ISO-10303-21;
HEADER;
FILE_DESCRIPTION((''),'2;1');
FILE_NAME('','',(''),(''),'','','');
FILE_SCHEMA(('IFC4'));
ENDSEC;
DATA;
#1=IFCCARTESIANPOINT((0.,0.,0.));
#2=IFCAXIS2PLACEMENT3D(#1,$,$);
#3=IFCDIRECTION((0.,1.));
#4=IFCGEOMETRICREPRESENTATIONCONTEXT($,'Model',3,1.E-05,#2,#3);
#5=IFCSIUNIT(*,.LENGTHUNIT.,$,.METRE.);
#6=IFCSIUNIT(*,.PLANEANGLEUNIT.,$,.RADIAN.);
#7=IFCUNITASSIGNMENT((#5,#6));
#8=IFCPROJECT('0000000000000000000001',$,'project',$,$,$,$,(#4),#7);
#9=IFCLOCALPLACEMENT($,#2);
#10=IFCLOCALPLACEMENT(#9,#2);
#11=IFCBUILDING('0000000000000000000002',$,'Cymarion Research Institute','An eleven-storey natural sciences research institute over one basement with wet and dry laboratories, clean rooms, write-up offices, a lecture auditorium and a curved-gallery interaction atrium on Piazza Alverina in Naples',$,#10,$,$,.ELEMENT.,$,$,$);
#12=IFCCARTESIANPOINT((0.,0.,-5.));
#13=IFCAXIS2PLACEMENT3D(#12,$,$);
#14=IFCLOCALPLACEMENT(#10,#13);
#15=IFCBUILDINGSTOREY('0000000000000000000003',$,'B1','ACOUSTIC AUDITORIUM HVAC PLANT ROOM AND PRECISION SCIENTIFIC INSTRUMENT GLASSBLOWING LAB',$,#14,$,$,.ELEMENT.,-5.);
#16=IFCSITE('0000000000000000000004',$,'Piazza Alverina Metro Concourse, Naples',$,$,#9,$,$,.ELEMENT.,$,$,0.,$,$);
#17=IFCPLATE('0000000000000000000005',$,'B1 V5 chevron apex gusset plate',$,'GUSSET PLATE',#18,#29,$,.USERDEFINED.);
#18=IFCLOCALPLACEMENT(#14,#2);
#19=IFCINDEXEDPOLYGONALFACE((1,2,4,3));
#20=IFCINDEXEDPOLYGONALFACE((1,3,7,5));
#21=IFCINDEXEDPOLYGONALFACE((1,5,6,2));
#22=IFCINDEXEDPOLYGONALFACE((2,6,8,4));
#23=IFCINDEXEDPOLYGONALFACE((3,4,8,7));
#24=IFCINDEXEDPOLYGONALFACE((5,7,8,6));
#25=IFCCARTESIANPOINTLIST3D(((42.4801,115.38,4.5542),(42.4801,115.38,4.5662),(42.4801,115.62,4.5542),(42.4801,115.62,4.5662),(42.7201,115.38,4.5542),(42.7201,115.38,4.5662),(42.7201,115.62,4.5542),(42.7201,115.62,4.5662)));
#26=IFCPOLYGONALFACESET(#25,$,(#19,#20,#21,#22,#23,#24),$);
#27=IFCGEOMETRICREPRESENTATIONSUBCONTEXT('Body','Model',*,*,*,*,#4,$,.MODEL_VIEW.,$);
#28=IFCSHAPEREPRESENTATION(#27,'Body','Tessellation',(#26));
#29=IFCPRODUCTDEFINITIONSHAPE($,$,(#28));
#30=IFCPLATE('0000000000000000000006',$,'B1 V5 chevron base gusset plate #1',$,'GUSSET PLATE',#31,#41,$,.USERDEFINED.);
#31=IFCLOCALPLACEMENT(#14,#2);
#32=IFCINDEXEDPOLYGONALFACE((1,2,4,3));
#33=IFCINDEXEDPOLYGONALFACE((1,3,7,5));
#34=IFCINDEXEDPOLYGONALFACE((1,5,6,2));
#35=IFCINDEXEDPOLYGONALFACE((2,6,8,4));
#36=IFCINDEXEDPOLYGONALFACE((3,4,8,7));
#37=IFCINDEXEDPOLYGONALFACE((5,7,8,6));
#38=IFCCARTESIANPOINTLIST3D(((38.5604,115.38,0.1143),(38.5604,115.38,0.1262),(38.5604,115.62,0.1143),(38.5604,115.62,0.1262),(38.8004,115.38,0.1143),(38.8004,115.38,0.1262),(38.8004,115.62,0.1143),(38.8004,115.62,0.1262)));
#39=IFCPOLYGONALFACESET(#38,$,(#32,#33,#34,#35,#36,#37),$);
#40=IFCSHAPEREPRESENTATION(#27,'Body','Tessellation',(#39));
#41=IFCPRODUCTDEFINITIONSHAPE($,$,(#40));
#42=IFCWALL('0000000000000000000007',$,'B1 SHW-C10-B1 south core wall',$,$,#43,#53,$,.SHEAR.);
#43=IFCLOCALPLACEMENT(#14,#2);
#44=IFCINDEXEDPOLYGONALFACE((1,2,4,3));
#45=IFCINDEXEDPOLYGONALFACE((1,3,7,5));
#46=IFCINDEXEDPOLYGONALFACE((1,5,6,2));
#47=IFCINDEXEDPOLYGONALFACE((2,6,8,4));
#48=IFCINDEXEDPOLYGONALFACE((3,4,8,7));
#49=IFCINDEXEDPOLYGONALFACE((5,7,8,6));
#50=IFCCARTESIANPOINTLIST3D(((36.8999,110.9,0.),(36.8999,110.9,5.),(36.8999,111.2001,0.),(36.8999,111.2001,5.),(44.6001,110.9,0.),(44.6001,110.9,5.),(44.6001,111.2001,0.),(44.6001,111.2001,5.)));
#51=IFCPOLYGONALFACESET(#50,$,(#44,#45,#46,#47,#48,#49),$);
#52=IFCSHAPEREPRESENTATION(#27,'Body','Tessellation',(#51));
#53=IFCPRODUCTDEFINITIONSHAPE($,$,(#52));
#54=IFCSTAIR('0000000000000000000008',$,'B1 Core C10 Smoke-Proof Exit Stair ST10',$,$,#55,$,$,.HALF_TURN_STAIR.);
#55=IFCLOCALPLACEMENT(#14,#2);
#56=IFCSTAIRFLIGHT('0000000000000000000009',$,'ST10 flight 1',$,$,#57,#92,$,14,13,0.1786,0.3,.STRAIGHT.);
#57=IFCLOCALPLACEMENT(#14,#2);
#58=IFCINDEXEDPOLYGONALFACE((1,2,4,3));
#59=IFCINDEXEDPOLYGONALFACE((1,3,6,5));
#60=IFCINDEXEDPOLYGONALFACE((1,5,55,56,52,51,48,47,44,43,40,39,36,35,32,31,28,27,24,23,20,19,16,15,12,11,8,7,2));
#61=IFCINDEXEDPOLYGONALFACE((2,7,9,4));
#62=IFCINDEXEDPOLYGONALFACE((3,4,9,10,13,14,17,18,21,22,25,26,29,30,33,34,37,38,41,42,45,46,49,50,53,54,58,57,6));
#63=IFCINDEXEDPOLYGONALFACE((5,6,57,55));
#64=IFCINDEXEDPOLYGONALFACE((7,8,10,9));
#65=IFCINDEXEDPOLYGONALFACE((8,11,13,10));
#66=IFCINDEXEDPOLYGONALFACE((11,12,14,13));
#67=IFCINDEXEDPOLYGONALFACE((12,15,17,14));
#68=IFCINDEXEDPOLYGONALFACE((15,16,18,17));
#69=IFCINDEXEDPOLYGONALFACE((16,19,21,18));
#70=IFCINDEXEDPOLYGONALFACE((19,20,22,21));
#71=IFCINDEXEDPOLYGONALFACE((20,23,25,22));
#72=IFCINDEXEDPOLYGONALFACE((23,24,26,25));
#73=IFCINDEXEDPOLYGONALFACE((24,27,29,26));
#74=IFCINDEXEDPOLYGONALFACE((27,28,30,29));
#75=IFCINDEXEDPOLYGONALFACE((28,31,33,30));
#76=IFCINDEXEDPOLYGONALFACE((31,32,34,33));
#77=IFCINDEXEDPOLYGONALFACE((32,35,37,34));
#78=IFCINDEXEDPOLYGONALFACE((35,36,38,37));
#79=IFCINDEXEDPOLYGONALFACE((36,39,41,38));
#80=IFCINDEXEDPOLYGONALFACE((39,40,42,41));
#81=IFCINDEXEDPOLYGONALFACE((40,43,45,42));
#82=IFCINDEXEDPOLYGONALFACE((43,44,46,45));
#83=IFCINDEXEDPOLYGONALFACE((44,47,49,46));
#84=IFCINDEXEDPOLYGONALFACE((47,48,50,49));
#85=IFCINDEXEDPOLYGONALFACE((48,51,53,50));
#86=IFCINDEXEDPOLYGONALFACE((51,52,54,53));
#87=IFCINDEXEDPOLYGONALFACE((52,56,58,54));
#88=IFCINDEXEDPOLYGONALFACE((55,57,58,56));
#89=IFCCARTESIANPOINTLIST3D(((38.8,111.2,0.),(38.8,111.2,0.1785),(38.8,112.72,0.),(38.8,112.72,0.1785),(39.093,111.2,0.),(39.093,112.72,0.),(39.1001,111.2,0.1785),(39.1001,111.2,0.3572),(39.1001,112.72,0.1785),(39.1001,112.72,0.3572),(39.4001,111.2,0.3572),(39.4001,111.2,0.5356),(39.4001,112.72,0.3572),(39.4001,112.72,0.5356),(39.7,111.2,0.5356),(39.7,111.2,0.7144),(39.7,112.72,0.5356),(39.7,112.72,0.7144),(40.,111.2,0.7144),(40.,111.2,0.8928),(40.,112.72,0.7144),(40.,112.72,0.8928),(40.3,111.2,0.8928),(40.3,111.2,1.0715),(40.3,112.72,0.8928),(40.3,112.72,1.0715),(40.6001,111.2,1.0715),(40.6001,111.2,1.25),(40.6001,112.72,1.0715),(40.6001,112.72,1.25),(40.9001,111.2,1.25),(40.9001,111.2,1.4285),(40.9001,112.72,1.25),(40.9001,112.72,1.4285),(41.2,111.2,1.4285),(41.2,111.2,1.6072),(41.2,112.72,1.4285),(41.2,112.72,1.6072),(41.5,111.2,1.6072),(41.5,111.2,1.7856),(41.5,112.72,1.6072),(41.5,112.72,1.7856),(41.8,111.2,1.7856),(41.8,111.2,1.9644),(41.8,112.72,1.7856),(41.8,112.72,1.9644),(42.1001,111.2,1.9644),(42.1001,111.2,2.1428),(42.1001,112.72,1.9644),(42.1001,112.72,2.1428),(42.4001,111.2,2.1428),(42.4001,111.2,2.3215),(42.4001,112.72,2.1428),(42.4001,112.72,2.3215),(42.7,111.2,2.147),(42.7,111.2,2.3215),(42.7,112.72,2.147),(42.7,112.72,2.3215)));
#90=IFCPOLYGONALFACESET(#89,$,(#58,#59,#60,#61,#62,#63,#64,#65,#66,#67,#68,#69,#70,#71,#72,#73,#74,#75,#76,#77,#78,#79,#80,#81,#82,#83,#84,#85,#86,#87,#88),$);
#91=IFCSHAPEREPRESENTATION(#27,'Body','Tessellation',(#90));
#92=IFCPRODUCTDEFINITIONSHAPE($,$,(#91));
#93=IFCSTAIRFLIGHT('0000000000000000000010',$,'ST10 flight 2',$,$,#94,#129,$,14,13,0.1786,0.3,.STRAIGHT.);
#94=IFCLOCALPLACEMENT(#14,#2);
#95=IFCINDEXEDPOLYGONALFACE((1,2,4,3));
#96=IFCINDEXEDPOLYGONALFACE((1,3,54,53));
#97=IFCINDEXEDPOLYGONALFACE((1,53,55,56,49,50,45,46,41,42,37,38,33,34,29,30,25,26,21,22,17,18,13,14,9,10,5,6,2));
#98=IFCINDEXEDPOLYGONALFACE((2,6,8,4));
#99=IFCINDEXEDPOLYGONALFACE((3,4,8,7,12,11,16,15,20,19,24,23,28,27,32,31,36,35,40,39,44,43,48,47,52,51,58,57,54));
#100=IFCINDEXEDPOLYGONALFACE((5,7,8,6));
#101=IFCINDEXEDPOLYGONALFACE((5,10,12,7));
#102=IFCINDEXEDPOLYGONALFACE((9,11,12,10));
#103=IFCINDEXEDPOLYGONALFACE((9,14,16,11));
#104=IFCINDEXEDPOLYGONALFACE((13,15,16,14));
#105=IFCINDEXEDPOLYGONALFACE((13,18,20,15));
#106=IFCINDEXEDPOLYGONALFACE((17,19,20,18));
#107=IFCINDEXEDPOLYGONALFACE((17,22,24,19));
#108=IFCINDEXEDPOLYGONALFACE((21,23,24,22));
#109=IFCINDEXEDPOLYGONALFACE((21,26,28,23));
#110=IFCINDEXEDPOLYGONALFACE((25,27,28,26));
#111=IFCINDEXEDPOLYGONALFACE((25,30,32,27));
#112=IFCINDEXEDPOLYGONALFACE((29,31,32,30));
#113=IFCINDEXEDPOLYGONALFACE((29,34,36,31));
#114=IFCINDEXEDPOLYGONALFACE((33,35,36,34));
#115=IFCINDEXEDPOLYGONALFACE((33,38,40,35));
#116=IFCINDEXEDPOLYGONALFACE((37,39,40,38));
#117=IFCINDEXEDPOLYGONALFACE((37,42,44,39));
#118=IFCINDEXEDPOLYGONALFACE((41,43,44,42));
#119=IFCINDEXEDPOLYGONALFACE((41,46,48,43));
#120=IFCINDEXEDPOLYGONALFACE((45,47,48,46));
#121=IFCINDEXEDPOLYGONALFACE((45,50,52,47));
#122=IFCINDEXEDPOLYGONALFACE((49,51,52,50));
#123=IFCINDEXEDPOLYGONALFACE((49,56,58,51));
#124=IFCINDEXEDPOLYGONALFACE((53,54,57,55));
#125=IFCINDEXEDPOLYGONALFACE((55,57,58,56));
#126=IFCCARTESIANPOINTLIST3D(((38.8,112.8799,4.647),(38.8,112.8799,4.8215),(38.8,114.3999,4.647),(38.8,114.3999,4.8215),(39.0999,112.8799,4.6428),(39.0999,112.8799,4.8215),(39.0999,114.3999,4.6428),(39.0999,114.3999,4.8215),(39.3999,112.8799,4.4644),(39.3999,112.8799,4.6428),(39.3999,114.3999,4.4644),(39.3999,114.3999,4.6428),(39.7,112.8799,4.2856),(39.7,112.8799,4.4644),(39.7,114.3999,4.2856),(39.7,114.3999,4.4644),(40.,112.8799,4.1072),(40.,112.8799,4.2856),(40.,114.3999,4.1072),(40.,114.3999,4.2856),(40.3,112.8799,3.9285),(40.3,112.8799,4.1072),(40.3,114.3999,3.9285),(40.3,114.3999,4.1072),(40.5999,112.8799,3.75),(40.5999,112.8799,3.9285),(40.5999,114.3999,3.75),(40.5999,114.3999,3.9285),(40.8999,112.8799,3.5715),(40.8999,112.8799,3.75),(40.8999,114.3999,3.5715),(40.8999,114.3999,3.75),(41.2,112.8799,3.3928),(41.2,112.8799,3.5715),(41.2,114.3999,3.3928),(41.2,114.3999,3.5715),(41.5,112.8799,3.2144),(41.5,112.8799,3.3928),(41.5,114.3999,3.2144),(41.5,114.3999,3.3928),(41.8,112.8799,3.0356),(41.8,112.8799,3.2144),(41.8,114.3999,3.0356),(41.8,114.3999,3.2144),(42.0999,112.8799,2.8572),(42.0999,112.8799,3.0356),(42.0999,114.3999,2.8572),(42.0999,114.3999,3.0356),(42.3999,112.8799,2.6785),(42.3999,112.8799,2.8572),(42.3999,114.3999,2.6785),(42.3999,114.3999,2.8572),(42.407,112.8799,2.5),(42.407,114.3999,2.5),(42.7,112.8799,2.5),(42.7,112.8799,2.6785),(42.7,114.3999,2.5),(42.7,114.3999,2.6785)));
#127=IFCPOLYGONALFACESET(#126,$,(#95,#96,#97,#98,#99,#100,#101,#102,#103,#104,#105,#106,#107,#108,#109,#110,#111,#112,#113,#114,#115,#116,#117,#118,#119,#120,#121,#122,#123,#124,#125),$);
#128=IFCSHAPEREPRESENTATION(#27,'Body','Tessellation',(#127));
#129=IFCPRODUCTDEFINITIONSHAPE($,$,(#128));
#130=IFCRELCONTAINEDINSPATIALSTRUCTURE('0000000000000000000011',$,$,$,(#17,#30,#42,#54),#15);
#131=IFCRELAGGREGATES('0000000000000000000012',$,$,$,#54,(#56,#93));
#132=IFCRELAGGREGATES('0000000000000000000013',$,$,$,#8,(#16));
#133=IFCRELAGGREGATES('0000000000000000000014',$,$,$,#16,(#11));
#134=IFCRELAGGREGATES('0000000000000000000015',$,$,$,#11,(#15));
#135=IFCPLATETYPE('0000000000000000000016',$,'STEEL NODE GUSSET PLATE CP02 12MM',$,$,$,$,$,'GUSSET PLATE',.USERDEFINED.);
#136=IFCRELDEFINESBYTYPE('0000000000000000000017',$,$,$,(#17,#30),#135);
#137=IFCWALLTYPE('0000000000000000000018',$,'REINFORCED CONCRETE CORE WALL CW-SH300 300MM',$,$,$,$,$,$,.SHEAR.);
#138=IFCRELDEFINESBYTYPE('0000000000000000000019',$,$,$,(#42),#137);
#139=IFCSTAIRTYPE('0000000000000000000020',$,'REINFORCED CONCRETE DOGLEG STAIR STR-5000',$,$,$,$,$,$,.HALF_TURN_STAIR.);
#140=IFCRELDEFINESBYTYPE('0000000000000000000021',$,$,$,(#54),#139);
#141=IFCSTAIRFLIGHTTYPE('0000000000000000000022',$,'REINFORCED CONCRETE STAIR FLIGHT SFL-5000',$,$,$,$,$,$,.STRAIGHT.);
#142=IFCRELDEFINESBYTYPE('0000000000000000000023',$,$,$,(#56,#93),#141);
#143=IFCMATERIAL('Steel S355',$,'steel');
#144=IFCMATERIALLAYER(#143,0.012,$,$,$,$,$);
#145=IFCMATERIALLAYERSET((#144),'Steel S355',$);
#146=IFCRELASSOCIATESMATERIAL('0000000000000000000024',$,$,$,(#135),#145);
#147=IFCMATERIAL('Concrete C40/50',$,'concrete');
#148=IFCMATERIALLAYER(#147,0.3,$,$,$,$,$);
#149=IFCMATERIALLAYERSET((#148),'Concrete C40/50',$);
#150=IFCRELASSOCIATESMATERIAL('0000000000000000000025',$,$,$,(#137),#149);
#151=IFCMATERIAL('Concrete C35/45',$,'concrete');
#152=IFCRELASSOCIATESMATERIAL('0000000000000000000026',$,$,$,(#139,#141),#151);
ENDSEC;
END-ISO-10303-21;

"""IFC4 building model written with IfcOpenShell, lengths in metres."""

from ifc_helpers import new_model, si_unit, direction, frame, frame_2d, origin, origin_2d, place, context, subcontext, project, spatial, polyline, rectangle, outline, extrude, material, layer, layer_set, type_object, element, aggregate, save


model = new_model("IFC4")

# Units and contexts
model_context = context("Model", 3, precision=1e-05, world=origin(), true_north=direction((0.0, 1.0)))
body_context = subcontext(model_context, "Body", "Model", "MODEL_VIEW")
ifc_project = project(units=[si_unit("LENGTHUNIT", "METRE"), si_unit("PLANEANGLEUNIT", "RADIAN")], contexts=[model_context])

# Site, building, storey
site_placement = place(None, origin())
site = spatial("IfcSite", under=ifc_project, at=site_placement, Name="Piazza Alverina Metro Concourse, Naples", CompositionType="ELEMENT", RefElevation=0.0)
building_placement = place(site_placement, origin())
building = spatial("IfcBuilding", under=site, at=building_placement, Name="Cymarion Research Institute", Description="An eleven-storey natural sciences research institute over one basement with wet and dry laboratories, clean rooms, write-up offices, a lecture auditorium and a curved-gallery interaction atrium on Piazza Alverina in Naples", CompositionType="ELEMENT")
storey_placement = place(building_placement, frame((0.0, 0.0, -5.0)))
storey = spatial("IfcBuildingStorey", under=building, at=storey_placement, Name="B1", Description="ACOUSTIC AUDITORIUM HVAC PLANT ROOM AND PRECISION SCIENTIFIC INSTRUMENT GLASSBLOWING LAB", CompositionType="ELEMENT", Elevation=-5.0)

# Shared definitions
ifc_material_1 = material(Name="Concrete C35/45", Category="concrete")

# Shared definitions
ifc_material_2 = material(Name="Steel S355", Category="steel")

# Plates
ifc_layer_1 = layer(ifc_material_2, 0.012)
ifc_layer_set_1 = layer_set([ifc_layer_1], Name="Steel S355")
plate_type = type_object("IfcPlateType", Name="STEEL NODE GUSSET PLATE CP02 12MM", ElementType="GUSSET PLATE", PredefinedType="USERDEFINED", material=ifc_layer_set_1)
for number, where, z_axis, x_axis, name in (
    (1, (42.6001, 115.5, 4.5542), (0.0, 0.0, 1.0), (1.0, 0.0, 0.0), "B1 V5 chevron apex gusset plate"),
    (2, (38.6804, 115.5, 0.1143), (0.0, 0.0, 1.0), (1.0, 0.0, 0.0), "B1 V5 chevron base gusset plate #1"),
):
    element("IfcPlate", number, at=place(storey_placement, frame(where, z_axis=z_axis, x_axis=x_axis)), inside=storey, type_object=plate_type, Name=name, ObjectType="GUSSET PLATE", PredefinedType="USERDEFINED", context=body_context, shape_type="SweptSolid", body=[
        extrude(rectangle(XDim=0.24, YDim=0.24, at=origin_2d()), origin(), (0.0, 0.0, 1.0), 0.012),
    ])

# Wall
ifc_material_3 = material(Name="Concrete C40/50", Category="concrete")
ifc_layer_2 = layer(ifc_material_3, 0.3)
ifc_layer_set_2 = layer_set([ifc_layer_2], Name="Concrete C40/50")
wall_type = type_object("IfcWallType", Name="REINFORCED CONCRETE CORE WALL CW-SH300 300MM", PredefinedType="SHEAR", material=ifc_layer_set_2)
wall_1_placement = place(storey_placement, frame((36.8999, 111.05, 0.0), z_axis=(0.0, 0.0, 1.0), x_axis=(1.0, 0.0, 0.0)))
element("IfcWall", 3, at=wall_1_placement, inside=storey, type_object=wall_type, Name="B1 SHW-C10-B1 south core wall", PredefinedType="SHEAR", context=body_context, shape_type="SweptSolid", body=[
    extrude(rectangle(XDim=7.7002, YDim=0.3, at=frame_2d((3.8501, 0.0))), origin(), (0.0, 0.0, 1.0), 5.0),
])

# Stair, stair flights
stair_type = type_object("IfcStairType", Name="REINFORCED CONCRETE DOGLEG STAIR STR-5000", PredefinedType="HALF_TURN_STAIR", material=ifc_material_1)
stair_placement = place(storey_placement, origin())
stair = element("IfcStair", 4, at=stair_placement, inside=storey, type_object=stair_type, Name="B1 Core C10 Smoke-Proof Exit Stair ST10", PredefinedType="HALF_TURN_STAIR")
stair_flight_type = type_object("IfcStairFlightType", Name="REINFORCED CONCRETE STAIR FLIGHT SFL-5000", PredefinedType="STRAIGHT", material=ifc_material_1)
stair_flight_1_placement = place(storey_placement, frame((38.8, 111.96, 0.0), z_axis=(0.0, 0.0, 1.0), x_axis=(1.0, 0.0, 0.0)))
stair_flight_1 = element("IfcStairFlight", 5, at=stair_flight_1_placement, type_object=stair_flight_type, Name="ST10 flight 1", NumberOfRisers=14, NumberOfTreads=13, PredefinedType="STRAIGHT", RiserHeight=0.1786, TreadLength=0.3, context=body_context, shape_type="SweptSolid", body=[
    extrude(outline(polyline([(0.0, 0.0), (0.0, 0.1785), (0.3, 0.1785), (0.3, 0.3572), (0.6001, 0.3572), (0.6001, 0.5356), (0.8999, 0.5356), (0.8999, 0.7144), (1.2, 0.7144), (1.2, 0.8928), (1.5, 0.8928), (1.5, 1.0715), (1.8, 1.0715), (1.8, 1.25), (2.1001, 1.25), (2.1001, 1.4285), (2.3999, 1.4285), (2.3999, 1.6072), (2.7, 1.6072), (2.7, 1.7856), (3.0, 1.7856), (3.0, 1.9644), (3.3, 1.9644), (3.3, 2.1428), (3.6001, 2.1428), (3.6001, 2.3215), (3.8999, 2.3215), (3.8999, 2.5), (3.8999, 2.147), (0.293, 0.0), (0.0, 0.0)])), frame((0.0, 0.76, 0.0), z_axis=(0.0, -1.0, 0.0), x_axis=(1.0, 0.0, 0.0)), (0.0, 0.0, 1.0), 1.52),
])
stair_flight_2_placement = place(storey_placement, frame((42.7, 113.6399, 2.5), z_axis=(0.0, 0.0, 1.0), x_axis=(-1.0, 0.0, 0.0)))
stair_flight_2 = element("IfcStairFlight", 6, at=stair_flight_2_placement, type_object=stair_flight_type, Name="ST10 flight 2", NumberOfRisers=14, NumberOfTreads=13, PredefinedType="STRAIGHT", RiserHeight=0.1786, TreadLength=0.3, context=body_context, shape_type="SweptSolid", body=[
    extrude(outline(polyline([(0.0, 0.0), (0.0, 0.1785), (0.3, 0.1785), (0.3, 0.3572), (0.6001, 0.3572), (0.6001, 0.5356), (0.8999, 0.5356), (0.8999, 0.7144), (1.2, 0.7144), (1.2, 0.8928), (1.5, 0.8928), (1.5, 1.0715), (1.8, 1.0715), (1.8, 1.25), (2.1001, 1.25), (2.1001, 1.4285), (2.3999, 1.4285), (2.3999, 1.6072), (2.7, 1.6072), (2.7, 1.7856), (3.0, 1.7856), (3.0, 1.9644), (3.3, 1.9644), (3.3, 2.1428), (3.6001, 2.1428), (3.6001, 2.3215), (3.8999, 2.3215), (3.8999, 2.5), (3.8999, 2.147), (0.293, 0.0), (0.0, 0.0)])), frame((0.0, 0.76, 0.0), z_axis=(0.0, -1.0, 0.0), x_axis=(1.0, 0.0, 0.0)), (0.0, 0.0, 1.0), 1.52),
])
aggregate(stair, [stair_flight_1, stair_flight_2])

save(model, "model.ifc")
